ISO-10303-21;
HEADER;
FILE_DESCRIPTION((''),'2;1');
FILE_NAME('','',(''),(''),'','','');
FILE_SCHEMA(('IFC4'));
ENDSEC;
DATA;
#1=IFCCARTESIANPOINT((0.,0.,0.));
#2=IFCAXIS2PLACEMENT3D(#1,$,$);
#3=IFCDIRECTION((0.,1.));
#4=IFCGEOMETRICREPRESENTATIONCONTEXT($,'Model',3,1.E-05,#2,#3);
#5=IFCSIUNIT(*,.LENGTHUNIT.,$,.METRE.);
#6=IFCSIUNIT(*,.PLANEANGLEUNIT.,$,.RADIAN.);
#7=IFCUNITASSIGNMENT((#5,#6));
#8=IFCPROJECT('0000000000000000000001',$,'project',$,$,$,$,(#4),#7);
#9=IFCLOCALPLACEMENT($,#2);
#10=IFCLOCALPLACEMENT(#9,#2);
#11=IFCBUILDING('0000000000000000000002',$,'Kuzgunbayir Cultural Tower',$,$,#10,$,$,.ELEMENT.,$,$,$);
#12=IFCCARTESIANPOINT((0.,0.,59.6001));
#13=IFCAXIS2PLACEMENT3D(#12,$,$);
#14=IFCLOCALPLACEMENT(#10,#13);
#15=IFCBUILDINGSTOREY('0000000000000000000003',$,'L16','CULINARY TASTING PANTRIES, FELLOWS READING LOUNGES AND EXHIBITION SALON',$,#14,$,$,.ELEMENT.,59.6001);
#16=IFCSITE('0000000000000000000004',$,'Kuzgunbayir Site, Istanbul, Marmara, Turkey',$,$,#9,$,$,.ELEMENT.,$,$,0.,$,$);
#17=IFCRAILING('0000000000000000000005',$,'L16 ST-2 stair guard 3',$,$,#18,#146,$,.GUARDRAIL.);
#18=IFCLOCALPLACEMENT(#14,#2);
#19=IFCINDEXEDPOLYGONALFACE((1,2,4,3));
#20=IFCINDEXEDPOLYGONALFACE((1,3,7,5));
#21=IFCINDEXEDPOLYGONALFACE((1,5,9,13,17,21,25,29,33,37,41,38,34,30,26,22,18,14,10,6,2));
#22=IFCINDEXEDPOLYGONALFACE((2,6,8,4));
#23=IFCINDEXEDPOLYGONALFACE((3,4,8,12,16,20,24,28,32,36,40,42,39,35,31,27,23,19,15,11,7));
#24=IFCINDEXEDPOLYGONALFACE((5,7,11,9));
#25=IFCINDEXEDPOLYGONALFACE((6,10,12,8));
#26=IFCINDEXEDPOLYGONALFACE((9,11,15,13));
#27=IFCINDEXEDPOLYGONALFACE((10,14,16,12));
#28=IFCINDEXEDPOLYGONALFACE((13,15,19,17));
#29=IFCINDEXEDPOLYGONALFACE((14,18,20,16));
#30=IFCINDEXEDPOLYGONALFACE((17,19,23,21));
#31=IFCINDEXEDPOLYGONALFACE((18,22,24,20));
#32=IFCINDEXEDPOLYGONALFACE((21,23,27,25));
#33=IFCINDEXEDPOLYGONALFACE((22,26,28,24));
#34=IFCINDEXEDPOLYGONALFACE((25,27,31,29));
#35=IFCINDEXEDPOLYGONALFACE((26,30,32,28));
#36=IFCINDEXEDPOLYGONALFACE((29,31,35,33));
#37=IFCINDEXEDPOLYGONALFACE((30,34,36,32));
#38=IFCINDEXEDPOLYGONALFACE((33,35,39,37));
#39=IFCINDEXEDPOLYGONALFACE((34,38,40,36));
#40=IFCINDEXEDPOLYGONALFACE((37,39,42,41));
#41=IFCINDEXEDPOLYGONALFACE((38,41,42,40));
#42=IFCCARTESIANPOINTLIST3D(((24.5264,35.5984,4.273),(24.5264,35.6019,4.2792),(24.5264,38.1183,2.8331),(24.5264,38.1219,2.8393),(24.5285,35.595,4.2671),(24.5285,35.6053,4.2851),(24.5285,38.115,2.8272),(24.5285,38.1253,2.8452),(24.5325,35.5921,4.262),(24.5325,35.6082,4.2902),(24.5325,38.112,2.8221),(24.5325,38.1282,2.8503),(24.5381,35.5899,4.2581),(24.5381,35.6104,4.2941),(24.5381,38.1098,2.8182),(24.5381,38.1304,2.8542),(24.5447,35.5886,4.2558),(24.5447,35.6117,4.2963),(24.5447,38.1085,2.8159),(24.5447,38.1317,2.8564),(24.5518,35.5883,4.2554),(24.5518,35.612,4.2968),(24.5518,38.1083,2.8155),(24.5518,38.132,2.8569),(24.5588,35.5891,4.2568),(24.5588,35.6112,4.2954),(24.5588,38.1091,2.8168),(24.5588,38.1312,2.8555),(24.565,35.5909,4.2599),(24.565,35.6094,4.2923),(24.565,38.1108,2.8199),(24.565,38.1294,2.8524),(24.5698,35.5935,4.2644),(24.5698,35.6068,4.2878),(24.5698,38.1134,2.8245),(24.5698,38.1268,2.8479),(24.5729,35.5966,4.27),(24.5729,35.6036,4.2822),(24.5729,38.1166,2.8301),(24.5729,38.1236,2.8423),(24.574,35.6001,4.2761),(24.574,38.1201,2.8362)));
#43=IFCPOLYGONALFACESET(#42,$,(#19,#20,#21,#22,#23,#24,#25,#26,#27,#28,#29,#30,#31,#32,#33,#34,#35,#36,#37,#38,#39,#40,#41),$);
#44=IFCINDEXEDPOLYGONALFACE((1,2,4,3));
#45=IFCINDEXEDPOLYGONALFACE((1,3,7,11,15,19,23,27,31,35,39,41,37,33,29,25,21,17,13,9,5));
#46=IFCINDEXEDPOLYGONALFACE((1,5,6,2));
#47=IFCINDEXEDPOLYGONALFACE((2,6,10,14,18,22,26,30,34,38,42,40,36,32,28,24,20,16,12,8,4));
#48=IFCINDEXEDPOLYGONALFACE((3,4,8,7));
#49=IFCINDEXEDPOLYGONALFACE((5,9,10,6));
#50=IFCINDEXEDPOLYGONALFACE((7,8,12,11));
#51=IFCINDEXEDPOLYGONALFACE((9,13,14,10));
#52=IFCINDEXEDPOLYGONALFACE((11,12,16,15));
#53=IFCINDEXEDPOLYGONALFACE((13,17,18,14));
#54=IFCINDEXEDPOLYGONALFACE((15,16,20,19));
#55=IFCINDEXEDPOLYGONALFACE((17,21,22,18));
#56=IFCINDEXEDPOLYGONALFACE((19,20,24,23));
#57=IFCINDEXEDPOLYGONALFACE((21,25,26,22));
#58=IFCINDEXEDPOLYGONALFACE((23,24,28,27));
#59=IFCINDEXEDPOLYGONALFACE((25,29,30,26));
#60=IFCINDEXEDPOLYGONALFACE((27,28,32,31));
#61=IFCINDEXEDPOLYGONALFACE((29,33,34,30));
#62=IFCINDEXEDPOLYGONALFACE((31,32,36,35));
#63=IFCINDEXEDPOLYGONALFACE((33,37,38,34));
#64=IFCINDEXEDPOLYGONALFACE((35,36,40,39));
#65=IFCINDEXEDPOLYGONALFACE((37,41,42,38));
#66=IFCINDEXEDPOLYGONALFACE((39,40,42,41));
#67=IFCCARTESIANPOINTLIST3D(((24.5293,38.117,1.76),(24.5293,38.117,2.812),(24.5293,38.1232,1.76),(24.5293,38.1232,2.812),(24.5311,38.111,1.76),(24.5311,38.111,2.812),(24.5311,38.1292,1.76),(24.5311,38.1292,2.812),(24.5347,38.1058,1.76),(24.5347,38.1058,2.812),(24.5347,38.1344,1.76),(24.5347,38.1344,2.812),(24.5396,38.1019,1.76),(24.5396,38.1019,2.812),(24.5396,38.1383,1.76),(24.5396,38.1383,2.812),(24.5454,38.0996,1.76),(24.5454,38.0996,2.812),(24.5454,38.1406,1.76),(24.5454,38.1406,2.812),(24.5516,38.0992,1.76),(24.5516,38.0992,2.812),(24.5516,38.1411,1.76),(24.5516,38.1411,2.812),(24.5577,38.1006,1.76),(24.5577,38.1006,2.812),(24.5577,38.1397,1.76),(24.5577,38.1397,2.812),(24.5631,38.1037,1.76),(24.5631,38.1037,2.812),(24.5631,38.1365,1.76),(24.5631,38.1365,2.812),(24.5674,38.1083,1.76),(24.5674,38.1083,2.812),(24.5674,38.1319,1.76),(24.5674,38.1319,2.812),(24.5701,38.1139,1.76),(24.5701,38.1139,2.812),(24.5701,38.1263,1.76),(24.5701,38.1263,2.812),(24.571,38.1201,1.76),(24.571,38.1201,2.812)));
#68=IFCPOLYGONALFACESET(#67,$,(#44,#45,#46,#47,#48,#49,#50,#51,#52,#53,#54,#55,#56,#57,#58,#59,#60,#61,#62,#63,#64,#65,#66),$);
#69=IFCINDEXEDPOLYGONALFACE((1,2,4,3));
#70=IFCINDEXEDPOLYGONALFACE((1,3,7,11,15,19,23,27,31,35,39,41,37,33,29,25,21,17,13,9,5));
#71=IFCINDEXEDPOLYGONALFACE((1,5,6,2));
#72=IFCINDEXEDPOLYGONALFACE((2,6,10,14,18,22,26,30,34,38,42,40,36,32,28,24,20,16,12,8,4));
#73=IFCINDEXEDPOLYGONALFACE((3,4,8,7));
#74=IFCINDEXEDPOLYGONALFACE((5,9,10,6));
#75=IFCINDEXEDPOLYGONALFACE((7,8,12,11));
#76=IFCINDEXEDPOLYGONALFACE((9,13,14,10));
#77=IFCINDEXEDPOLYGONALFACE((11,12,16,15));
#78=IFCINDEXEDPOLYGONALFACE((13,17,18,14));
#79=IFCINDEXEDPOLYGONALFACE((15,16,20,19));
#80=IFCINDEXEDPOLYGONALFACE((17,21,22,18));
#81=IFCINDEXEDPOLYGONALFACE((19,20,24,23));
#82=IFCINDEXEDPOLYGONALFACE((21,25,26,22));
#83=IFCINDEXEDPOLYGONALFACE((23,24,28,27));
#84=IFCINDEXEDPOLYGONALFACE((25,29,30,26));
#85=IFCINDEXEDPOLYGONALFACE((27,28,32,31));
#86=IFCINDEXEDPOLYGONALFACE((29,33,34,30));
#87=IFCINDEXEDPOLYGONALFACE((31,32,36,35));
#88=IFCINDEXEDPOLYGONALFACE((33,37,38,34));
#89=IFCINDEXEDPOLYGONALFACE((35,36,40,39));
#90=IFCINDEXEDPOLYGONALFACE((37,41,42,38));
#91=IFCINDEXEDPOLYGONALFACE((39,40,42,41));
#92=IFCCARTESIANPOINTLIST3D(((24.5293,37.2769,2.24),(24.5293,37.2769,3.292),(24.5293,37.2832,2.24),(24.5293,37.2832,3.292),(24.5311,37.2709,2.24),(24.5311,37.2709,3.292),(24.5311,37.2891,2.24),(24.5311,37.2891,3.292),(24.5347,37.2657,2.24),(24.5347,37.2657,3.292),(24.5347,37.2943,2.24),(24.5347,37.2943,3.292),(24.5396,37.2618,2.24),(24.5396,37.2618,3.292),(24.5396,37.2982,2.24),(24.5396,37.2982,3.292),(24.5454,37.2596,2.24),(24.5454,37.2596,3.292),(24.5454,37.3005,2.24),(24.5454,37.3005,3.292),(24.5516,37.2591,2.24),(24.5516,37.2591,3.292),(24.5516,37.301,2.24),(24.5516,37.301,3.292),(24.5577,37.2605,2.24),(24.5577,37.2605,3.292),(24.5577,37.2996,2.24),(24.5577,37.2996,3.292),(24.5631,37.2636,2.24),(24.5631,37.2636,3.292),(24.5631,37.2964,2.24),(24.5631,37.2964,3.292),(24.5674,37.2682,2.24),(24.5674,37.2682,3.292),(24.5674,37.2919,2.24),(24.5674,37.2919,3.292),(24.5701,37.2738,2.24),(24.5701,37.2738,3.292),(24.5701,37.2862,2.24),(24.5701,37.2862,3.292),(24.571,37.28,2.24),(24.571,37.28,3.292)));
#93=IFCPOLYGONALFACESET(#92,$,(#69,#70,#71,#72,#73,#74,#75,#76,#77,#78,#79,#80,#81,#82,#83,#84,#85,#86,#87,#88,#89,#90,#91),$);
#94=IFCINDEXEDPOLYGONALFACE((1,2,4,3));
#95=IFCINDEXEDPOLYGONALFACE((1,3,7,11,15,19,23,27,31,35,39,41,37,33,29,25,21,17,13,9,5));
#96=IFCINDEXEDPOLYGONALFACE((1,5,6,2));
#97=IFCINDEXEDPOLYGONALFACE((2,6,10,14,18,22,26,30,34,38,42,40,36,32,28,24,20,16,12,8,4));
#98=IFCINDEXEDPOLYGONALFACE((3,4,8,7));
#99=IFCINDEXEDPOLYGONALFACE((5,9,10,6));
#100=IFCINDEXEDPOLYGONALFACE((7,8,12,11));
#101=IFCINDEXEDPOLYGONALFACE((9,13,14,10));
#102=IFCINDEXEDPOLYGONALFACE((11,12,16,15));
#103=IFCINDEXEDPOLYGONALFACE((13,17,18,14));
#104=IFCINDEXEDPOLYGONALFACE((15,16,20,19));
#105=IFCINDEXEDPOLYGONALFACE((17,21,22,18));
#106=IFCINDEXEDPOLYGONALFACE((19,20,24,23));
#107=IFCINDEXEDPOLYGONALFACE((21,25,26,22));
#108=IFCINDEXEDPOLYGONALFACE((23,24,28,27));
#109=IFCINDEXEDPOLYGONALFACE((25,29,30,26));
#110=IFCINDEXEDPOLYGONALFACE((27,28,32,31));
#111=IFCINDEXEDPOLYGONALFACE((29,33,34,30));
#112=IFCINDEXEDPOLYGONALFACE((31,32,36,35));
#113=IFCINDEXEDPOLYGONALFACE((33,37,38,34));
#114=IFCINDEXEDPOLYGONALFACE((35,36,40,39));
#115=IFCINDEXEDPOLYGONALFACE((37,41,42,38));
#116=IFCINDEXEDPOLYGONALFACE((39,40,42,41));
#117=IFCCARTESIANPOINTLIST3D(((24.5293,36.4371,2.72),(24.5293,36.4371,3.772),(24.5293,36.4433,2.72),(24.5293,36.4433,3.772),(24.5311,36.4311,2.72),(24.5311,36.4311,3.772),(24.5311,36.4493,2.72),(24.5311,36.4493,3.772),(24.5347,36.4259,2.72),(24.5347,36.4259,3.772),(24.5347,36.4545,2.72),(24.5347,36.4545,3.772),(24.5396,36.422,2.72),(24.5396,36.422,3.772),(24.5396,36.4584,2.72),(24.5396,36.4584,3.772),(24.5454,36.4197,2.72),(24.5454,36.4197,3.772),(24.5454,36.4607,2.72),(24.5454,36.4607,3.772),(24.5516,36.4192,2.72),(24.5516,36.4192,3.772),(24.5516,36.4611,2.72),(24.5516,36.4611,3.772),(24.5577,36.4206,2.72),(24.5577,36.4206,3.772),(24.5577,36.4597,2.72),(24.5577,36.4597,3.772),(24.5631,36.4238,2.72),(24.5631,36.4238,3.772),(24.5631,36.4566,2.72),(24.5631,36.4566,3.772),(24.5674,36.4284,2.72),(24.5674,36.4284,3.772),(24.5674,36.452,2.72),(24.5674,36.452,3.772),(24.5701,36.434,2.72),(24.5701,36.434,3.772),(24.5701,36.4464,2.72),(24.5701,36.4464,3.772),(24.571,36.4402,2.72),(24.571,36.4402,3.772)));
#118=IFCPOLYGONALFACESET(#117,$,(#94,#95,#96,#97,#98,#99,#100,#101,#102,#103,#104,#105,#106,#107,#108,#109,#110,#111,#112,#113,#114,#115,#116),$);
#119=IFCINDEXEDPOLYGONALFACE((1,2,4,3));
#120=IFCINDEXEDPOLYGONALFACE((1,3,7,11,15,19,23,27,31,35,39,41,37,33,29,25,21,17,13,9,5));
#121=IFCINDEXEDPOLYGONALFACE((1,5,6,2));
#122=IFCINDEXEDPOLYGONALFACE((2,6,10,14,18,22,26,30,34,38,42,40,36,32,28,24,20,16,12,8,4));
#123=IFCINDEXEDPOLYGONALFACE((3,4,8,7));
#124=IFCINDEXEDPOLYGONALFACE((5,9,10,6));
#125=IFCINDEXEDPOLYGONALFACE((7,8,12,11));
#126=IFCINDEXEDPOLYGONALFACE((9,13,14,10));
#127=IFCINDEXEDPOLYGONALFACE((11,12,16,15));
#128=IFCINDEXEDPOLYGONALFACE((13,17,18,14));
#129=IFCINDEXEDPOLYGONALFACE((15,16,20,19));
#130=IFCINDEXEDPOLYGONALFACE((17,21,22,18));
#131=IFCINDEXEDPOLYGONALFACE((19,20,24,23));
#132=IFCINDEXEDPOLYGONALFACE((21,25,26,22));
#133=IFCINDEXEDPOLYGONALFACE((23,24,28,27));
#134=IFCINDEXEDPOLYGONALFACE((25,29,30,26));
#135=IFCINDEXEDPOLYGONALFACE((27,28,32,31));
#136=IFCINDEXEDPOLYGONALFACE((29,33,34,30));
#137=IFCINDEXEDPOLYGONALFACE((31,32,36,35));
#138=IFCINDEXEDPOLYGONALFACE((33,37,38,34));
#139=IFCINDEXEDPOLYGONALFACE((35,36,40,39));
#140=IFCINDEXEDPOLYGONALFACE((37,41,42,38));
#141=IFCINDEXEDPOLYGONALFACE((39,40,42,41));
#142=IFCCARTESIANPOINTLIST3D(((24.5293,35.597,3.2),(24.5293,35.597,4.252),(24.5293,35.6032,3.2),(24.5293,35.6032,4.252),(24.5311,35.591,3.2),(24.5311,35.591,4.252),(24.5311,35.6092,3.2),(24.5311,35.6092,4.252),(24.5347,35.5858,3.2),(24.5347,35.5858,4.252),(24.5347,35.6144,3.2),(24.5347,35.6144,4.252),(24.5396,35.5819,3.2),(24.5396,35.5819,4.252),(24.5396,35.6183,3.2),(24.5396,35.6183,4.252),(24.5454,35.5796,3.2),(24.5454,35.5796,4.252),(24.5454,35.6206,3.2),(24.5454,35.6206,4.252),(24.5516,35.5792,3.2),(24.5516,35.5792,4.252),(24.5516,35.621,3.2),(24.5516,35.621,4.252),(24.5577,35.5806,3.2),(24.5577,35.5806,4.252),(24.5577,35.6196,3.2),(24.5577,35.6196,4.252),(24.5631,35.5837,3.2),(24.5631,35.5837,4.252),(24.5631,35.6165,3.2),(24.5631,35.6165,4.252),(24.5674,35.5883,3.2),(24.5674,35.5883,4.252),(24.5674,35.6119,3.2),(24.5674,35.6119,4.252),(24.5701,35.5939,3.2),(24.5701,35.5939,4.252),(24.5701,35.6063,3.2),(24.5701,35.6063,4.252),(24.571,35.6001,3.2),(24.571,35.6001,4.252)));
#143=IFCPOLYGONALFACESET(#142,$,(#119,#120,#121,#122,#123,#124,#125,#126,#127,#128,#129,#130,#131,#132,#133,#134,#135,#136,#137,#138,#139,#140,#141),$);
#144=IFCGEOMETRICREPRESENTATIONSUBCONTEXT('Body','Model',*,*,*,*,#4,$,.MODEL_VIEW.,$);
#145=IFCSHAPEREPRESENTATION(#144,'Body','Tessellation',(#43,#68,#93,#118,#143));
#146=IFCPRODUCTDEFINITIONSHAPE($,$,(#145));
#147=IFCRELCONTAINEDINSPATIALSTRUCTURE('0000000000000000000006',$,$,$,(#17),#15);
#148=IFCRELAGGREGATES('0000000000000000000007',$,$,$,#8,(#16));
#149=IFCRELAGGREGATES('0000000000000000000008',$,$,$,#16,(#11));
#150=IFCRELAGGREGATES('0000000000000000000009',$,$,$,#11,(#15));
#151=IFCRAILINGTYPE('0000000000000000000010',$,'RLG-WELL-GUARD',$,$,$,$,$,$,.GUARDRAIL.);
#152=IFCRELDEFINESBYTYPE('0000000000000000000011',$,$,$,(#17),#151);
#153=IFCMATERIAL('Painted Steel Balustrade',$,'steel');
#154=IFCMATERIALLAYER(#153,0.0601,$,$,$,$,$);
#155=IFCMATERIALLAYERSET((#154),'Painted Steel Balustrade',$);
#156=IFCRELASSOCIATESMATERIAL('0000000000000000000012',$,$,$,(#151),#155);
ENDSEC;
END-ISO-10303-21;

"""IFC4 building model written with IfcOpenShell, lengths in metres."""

from ifc_helpers import new_model, si_unit, direction, frame, origin, origin_2d, place, context, subcontext, project, spatial, circle, extrude, material, layer, layer_set, type_object, element, save


model = new_model("IFC4")

# Units and contexts
model_context = context("Model", 3, precision=1e-05, world=origin(), true_north=direction((0.0, 1.0)))
body_context = subcontext(model_context, "Body", "Model", "MODEL_VIEW")
ifc_project = project(units=[si_unit("LENGTHUNIT", "METRE"), si_unit("PLANEANGLEUNIT", "RADIAN")], contexts=[model_context])

# Site, building, storey
site_placement = place(None, origin())
site = spatial("IfcSite", under=ifc_project, at=site_placement, Name="Kuzgunbayir Site, Istanbul, Marmara, Turkey", CompositionType="ELEMENT", RefElevation=0.0)
building_placement = place(site_placement, origin())
building = spatial("IfcBuilding", under=site, at=building_placement, Name="Kuzgunbayir Cultural Tower", CompositionType="ELEMENT")
storey_placement = place(building_placement, frame((0.0, 0.0, 59.6001)))
storey = spatial("IfcBuildingStorey", under=building, at=storey_placement, Name="L16", Description="CULINARY TASTING PANTRIES, FELLOWS READING LOUNGES AND EXHIBITION SALON", CompositionType="ELEMENT", Elevation=59.6001)

# Railing
ifc_material_1 = material(Name="Painted Steel Balustrade", Category="steel")
ifc_layer_1 = layer(ifc_material_1, 0.0601)
ifc_layer_set_1 = layer_set([ifc_layer_1], Name="Painted Steel Balustrade")
railing_type_1 = type_object("IfcRailingType", Name="RLG-WELL-GUARD", PredefinedType="GUARDRAIL", material=ifc_layer_set_1)
railing_1_placement = place(storey_placement, frame((24.55, 38.1201, 1.76)))
element("IfcRailing", 1, at=railing_1_placement, inside=storey, type_object=railing_type_1, Name="L16 ST-2 stair guard 3", PredefinedType="GUARDRAIL", context=body_context, shape_type="SweptSolid", body=[
    extrude(circle(Radius=0.0239, at=origin_2d()), frame((0.0, 0.0, 1.0762), z_axis=(0.0, -0.868253, 0.496121), x_axis=(1.0, 0.0, 0.0)), (0.0, 0.0, 1.0), 2.9023),
    extrude(circle(Radius=0.021, at=origin_2d()), origin(), (0.0, 0.0, 1.0), 1.052),
    extrude(circle(Radius=0.021, at=origin_2d()), frame((0.0, -0.8401, 0.48)), (0.0, 0.0, 1.0), 1.052),
    extrude(circle(Radius=0.021, at=origin_2d()), frame((0.0, -1.6799, 0.96)), (0.0, 0.0, 1.0), 1.052),
    extrude(circle(Radius=0.021, at=origin_2d()), frame((0.0, -2.52, 1.4399)), (0.0, 0.0, 1.0), 1.052),
])

save(model, "model.ifc")
